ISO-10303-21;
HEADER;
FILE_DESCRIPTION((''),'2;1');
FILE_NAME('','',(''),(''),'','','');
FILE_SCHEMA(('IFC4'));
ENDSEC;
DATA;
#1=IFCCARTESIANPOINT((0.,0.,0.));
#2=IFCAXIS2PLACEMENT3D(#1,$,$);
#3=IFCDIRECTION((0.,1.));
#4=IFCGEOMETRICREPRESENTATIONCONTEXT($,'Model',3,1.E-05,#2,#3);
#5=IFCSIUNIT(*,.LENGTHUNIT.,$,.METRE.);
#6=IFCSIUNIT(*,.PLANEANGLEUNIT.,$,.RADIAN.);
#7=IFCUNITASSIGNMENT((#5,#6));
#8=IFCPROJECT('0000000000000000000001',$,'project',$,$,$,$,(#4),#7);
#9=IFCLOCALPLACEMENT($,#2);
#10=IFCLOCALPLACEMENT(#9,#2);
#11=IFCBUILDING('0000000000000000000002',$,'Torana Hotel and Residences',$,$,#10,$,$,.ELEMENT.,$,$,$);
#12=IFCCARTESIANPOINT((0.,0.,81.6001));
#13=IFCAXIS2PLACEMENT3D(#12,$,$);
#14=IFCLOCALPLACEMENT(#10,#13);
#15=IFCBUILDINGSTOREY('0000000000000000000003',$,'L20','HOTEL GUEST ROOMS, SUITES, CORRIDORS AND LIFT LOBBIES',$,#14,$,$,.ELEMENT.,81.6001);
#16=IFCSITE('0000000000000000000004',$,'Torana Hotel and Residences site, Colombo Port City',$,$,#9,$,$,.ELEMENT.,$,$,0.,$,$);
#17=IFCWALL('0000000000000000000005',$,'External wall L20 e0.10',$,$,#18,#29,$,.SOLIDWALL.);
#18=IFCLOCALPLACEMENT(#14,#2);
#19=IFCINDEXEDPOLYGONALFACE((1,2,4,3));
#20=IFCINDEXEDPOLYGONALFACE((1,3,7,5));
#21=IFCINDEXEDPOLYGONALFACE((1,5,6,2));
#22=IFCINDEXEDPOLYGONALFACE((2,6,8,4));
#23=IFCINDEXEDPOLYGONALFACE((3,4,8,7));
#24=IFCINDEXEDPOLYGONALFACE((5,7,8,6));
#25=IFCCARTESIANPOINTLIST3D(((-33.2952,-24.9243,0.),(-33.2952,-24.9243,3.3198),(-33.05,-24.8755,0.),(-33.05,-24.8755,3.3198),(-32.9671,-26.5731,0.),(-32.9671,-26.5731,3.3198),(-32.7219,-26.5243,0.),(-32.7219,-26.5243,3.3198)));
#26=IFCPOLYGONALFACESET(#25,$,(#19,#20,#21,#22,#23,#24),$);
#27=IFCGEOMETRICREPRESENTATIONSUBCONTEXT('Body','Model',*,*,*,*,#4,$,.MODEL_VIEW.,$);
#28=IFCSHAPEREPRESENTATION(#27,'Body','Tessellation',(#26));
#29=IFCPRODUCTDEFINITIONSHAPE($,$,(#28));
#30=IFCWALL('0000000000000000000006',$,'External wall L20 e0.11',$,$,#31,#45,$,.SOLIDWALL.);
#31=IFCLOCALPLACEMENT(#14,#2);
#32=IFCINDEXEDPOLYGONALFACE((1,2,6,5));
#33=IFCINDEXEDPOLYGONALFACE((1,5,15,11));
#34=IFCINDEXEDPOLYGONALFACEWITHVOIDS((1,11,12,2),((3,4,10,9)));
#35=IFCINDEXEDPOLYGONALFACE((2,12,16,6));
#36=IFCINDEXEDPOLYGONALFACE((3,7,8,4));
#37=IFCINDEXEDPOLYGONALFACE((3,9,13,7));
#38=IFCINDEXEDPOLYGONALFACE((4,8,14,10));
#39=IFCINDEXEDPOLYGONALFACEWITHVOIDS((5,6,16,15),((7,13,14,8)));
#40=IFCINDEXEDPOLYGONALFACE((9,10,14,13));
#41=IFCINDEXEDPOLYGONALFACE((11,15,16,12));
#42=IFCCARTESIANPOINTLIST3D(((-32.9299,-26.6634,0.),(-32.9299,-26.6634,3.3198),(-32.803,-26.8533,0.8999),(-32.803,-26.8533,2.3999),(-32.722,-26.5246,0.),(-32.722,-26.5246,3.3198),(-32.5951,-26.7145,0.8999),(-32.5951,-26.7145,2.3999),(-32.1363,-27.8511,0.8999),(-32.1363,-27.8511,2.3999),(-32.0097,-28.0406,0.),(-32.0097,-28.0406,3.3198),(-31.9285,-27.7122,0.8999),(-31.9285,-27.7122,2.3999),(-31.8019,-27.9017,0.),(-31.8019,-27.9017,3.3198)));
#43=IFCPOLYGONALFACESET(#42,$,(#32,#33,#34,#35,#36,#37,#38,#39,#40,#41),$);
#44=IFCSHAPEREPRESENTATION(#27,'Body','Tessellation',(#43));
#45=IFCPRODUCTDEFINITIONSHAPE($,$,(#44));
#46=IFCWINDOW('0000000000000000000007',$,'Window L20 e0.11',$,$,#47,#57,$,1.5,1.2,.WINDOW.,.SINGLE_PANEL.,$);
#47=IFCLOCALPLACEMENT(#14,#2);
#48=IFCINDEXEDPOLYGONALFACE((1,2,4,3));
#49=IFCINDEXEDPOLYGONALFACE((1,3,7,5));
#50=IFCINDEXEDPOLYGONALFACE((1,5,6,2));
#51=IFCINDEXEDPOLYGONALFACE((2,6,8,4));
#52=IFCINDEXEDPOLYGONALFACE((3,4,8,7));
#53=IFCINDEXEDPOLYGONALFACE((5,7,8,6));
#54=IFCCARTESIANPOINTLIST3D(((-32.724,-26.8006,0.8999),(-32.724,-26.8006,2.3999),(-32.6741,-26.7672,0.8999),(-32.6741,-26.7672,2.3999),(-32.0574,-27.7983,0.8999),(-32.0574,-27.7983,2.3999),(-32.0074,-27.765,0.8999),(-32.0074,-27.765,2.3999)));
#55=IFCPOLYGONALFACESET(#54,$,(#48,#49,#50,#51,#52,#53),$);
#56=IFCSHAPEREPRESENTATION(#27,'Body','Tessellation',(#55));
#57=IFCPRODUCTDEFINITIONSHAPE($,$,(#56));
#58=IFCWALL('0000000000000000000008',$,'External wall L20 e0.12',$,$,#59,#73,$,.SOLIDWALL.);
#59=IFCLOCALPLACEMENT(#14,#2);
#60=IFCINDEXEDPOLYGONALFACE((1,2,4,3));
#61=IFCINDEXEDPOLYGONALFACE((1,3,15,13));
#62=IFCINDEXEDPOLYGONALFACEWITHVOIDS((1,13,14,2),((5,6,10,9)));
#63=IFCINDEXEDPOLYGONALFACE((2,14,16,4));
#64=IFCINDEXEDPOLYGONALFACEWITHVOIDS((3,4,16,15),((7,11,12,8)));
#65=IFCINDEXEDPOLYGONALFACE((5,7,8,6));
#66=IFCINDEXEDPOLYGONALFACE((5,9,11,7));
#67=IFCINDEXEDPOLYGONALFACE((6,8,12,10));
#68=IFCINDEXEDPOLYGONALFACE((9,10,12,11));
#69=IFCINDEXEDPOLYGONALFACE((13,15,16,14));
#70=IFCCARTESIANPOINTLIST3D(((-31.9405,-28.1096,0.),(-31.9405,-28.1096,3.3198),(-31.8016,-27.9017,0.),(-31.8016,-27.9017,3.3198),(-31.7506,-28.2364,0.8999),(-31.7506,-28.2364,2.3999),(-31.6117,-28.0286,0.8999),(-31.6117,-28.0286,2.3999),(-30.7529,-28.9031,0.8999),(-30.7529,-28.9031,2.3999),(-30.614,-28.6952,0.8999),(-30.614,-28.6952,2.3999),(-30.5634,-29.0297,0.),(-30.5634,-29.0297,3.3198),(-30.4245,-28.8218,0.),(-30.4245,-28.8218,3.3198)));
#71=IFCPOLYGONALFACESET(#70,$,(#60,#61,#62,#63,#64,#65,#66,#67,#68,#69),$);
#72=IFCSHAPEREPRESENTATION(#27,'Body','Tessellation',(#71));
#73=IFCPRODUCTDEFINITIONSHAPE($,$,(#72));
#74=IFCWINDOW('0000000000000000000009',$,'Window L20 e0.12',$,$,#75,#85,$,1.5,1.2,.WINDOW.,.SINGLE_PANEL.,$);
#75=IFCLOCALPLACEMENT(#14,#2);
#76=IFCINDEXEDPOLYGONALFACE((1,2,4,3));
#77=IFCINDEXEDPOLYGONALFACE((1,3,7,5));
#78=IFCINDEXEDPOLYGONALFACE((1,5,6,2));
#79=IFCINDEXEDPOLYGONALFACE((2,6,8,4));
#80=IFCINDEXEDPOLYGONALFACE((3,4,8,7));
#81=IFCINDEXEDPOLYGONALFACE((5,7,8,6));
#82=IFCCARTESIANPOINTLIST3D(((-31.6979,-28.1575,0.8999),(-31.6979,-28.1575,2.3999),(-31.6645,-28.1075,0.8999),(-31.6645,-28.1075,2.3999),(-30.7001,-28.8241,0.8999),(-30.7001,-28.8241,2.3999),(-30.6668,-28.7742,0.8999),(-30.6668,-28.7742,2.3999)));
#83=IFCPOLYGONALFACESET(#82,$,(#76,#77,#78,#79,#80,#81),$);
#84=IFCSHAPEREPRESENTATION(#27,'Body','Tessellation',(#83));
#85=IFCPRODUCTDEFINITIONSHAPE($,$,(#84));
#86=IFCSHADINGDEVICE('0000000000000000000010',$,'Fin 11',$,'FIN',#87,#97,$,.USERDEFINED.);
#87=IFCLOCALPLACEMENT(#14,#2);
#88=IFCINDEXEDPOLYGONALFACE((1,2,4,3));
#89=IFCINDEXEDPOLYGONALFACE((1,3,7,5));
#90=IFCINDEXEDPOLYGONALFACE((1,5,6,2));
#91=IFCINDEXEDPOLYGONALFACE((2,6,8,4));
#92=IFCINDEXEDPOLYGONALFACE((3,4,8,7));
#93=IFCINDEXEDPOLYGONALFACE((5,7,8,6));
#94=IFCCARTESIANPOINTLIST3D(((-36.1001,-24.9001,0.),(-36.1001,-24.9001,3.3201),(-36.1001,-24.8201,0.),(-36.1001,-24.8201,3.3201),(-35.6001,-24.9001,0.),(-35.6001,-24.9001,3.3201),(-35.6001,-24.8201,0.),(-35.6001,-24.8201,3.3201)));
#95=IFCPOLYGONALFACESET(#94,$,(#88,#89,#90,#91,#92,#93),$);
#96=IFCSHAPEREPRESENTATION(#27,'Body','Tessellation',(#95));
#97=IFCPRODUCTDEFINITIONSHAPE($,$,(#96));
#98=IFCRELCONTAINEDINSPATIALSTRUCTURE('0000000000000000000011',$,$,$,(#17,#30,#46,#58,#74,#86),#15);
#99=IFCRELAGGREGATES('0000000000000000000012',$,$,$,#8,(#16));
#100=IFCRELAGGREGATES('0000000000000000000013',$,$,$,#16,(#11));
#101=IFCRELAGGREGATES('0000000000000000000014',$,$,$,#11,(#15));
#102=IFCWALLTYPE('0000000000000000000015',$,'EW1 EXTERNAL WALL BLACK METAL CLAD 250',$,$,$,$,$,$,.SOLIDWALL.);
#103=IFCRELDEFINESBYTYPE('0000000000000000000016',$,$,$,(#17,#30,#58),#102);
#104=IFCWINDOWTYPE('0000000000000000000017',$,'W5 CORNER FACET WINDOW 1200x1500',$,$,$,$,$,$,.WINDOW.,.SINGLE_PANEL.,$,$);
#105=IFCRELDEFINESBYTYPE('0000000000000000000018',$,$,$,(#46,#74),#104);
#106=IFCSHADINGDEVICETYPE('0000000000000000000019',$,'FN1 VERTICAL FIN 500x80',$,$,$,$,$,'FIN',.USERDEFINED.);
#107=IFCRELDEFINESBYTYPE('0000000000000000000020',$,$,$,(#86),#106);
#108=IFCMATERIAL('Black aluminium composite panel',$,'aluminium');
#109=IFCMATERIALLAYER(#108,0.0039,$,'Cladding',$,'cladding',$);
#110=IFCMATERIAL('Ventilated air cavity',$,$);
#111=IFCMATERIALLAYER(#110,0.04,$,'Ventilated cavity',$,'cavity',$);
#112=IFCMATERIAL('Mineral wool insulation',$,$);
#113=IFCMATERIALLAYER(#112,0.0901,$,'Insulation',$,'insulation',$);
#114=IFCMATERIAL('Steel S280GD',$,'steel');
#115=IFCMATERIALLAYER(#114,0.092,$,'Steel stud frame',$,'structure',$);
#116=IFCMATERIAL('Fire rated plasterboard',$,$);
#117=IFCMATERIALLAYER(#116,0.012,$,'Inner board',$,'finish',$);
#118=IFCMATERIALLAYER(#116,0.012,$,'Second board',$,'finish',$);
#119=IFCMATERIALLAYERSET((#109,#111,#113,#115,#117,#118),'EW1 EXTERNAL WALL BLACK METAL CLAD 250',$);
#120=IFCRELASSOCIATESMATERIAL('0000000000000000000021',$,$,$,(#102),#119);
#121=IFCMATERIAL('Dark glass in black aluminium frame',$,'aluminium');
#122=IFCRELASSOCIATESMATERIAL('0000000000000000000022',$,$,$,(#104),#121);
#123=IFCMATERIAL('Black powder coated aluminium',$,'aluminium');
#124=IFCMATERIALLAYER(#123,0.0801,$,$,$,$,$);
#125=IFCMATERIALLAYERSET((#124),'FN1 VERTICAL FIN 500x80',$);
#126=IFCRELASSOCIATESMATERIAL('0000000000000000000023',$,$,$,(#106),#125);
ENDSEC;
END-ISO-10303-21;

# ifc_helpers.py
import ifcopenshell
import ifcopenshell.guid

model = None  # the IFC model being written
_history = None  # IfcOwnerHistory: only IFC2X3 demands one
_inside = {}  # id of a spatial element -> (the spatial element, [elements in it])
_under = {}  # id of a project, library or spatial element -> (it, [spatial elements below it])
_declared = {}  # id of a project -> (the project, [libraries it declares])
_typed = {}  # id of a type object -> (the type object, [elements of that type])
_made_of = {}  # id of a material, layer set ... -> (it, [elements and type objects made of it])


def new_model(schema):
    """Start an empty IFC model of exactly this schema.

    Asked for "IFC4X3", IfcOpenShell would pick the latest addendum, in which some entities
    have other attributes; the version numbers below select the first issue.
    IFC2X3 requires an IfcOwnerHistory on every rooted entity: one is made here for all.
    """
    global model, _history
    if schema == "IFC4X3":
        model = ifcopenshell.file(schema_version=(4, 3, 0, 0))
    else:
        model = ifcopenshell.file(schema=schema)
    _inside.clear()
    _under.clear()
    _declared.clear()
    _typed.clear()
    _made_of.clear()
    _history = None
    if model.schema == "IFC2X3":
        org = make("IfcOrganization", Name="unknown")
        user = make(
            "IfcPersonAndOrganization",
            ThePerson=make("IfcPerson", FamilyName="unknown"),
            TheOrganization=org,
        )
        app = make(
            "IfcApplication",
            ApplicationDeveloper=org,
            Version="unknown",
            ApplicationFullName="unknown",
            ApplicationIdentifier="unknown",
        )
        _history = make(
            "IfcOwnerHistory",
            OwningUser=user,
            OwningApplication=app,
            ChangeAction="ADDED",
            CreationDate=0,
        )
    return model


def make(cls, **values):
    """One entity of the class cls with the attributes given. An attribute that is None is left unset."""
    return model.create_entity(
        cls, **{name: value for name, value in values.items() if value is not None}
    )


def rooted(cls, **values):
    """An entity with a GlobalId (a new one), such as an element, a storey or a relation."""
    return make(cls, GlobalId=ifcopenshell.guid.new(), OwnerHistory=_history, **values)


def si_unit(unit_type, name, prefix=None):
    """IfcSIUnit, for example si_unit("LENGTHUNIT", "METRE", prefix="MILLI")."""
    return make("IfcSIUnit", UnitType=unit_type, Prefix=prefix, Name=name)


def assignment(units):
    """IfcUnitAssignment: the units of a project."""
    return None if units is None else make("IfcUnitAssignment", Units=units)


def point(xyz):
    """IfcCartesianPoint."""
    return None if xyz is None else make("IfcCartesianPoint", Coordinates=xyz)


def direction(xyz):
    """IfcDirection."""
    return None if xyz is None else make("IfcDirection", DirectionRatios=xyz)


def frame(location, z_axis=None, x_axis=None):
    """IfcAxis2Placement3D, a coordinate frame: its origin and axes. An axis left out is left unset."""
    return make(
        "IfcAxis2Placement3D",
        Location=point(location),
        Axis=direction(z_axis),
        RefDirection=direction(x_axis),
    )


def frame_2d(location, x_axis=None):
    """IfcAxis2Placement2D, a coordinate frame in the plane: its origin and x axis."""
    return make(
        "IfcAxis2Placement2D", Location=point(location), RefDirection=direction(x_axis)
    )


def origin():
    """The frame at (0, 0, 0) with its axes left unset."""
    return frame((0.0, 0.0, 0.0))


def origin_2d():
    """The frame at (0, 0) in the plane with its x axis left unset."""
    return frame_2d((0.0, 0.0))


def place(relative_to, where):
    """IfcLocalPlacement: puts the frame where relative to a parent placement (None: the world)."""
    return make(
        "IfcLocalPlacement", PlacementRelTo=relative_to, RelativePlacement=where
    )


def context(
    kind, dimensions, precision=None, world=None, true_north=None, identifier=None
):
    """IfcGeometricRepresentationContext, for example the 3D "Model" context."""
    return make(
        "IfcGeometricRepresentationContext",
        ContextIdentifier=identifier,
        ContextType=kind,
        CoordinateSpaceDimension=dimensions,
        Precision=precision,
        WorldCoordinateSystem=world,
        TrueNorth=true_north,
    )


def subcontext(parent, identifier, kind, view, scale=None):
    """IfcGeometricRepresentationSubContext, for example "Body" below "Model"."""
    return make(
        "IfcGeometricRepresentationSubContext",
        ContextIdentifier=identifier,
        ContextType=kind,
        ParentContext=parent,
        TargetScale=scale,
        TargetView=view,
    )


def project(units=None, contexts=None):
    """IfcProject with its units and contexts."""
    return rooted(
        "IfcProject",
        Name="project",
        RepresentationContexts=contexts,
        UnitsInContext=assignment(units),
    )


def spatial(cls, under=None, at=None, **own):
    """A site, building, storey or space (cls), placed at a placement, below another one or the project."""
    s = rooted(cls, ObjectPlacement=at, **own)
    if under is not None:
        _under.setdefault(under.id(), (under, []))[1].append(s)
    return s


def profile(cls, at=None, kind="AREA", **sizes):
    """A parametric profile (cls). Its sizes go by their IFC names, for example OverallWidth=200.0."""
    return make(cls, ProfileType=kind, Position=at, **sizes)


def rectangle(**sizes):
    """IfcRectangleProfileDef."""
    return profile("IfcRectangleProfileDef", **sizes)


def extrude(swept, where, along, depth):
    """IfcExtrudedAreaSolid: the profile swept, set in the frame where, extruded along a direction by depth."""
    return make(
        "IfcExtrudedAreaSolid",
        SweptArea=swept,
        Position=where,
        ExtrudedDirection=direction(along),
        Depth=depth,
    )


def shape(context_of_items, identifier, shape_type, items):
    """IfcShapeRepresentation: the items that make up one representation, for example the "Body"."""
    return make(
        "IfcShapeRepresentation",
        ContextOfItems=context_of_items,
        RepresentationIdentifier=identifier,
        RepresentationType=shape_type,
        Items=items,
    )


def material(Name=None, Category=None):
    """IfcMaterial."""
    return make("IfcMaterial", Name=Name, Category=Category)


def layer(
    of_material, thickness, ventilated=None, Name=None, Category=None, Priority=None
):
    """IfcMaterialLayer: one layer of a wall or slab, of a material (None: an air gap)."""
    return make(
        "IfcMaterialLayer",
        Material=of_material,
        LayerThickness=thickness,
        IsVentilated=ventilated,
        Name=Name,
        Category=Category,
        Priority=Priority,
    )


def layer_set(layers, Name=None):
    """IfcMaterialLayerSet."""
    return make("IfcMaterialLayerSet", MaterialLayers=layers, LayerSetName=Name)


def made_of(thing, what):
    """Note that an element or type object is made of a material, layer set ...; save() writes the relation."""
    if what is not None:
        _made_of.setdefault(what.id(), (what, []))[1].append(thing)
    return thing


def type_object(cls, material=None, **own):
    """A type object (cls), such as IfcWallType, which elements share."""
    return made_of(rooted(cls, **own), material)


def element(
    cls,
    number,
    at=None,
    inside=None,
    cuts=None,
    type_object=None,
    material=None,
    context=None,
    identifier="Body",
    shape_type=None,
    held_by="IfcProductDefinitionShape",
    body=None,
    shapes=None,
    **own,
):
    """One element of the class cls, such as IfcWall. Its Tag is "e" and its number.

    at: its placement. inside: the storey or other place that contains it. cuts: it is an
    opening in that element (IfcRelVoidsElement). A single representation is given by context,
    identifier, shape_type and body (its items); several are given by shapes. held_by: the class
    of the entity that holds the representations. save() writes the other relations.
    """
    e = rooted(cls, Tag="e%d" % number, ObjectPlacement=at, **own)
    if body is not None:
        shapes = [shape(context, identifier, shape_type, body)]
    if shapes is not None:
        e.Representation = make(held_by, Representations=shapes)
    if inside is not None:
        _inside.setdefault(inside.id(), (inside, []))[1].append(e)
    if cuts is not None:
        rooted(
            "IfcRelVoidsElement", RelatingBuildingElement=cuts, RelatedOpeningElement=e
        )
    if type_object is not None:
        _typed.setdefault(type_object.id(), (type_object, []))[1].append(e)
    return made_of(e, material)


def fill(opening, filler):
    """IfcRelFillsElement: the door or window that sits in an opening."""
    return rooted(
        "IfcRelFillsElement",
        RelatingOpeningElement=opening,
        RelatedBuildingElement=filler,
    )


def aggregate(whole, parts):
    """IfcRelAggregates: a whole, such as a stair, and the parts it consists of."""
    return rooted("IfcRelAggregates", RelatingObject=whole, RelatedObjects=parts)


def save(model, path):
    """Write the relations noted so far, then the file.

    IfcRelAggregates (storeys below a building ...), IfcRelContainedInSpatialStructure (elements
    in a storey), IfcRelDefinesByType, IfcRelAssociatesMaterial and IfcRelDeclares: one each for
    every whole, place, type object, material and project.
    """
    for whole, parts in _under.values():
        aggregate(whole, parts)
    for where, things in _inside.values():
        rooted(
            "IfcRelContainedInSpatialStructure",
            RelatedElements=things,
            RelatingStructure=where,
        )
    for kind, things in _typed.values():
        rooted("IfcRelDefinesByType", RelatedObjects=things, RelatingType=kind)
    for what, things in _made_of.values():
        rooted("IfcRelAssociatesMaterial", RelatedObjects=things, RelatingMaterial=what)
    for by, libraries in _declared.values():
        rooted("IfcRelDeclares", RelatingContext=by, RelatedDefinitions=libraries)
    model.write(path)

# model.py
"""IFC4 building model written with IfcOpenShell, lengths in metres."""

from ifc_helpers import new_model, si_unit, direction, frame, frame_2d, origin, origin_2d, place, context, subcontext, project, spatial, rectangle, extrude, material, layer, layer_set, type_object, element, fill, save


model = new_model("IFC4")

# Units and contexts
model_context = context("Model", 3, precision=1e-05, world=origin(), true_north=direction((0.0, 1.0)))
body_context = subcontext(model_context, "Body", "Model", "MODEL_VIEW")
ifc_project = project(units=[si_unit("LENGTHUNIT", "METRE"), si_unit("PLANEANGLEUNIT", "RADIAN")], contexts=[model_context])

# Site, building, storey
site_placement = place(None, origin())
site = spatial("IfcSite", under=ifc_project, at=site_placement, Name="Torana Hotel and Residences site, Colombo Port City", CompositionType="ELEMENT", RefElevation=0.0)
building_placement = place(site_placement, origin())
building = spatial("IfcBuilding", under=site, at=building_placement, Name="Torana Hotel and Residences", CompositionType="ELEMENT")
storey_placement = place(building_placement, frame((0.0, 0.0, 81.6001)))
storey = spatial("IfcBuildingStorey", under=building, at=storey_placement, Name="L20", Description="HOTEL GUEST ROOMS, SUITES, CORRIDORS AND LIFT LOBBIES", CompositionType="ELEMENT", Elevation=81.6001)

# Wall
ifc_material_1 = material(Name="Black aluminium composite panel", Category="aluminium")
ifc_layer_1 = layer(ifc_material_1, 0.0039, Name="Cladding", Category="cladding")
ifc_material_2 = material(Name="Ventilated air cavity")
ifc_layer_2 = layer(ifc_material_2, 0.04, Name="Ventilated cavity", Category="cavity")
ifc_material_3 = material(Name="Mineral wool insulation")
ifc_layer_3 = layer(ifc_material_3, 0.0901, Name="Insulation", Category="insulation")
ifc_material_4 = material(Name="Steel S280GD", Category="steel")
ifc_layer_4 = layer(ifc_material_4, 0.092, Name="Steel stud frame", Category="structure")
ifc_material_5 = material(Name="Fire rated plasterboard")
ifc_layer_5 = layer(ifc_material_5, 0.012, Name="Inner board", Category="finish")
ifc_layer_6 = layer(ifc_material_5, 0.012, Name="Second board", Category="finish")
ifc_layer_set_1 = layer_set([ifc_layer_1, ifc_layer_2, ifc_layer_3, ifc_layer_4, ifc_layer_5, ifc_layer_6], Name="EW1 EXTERNAL WALL BLACK METAL CLAD 250")
wall_type = type_object("IfcWallType", Name="EW1 EXTERNAL WALL BLACK METAL CLAD 250", PredefinedType="SOLIDWALL", material=ifc_layer_set_1)
wall_1_placement = place(storey_placement, frame((-33.1726, -24.8999, 0.0), z_axis=(0.0, 0.0, 1.0), x_axis=(0.195167, -0.98077, 0.0)))
element("IfcWall", 1, at=wall_1_placement, inside=storey, type_object=wall_type, Name="External wall L20 e0.10", PredefinedType="SOLIDWALL", context=body_context, shape_type="SweptSolid", body=[
    extrude(rectangle(XDim=1.6812, YDim=0.25, at=frame_2d((0.8406, 0.0))), origin(), (0.0, 0.0, 1.0), 3.3198),
])

# Walls, openings, windows
wall_2_placement = place(storey_placement, frame((-32.8259, -26.594, 0.0), z_axis=(0.0, 0.0, 1.0), x_axis=(0.55555, -0.831483, 0.0)))
wall_2 = element("IfcWall", 2, at=wall_2_placement, inside=storey, type_object=wall_type, Name="External wall L20 e0.11", PredefinedType="SOLIDWALL", context=body_context, shape_type="SweptSolid", body=[
    extrude(rectangle(XDim=1.6562, YDim=0.25, at=frame_2d((0.8281, 0.0))), origin(), (0.0, 0.0, 1.0), 3.3198),
])
opening_1_placement = place(wall_2_placement, frame((0.2283, 0.0, 0.8999)))
opening_1 = element("IfcOpeningElement", 3, at=opening_1_placement, cuts=wall_2, PredefinedType="OPENING", context=body_context, shape_type="SweptSolid", body=[
    extrude(rectangle(XDim=1.2, YDim=1.5, at=frame_2d((0.6001, 0.75))), frame((0.0, 0.135, 0.0), z_axis=(0.0, -1.0, 0.0), x_axis=(1.0, 0.0, 0.0)), (0.0, 0.0, 1.0), 0.27),
])
ifc_material_6 = material(Name="Dark glass in black aluminium frame", Category="aluminium")
window_type = type_object("IfcWindowType", Name="W5 CORNER FACET WINDOW 1200x1500", PartitioningType="SINGLE_PANEL", PredefinedType="WINDOW", material=ifc_material_6)
window_1_placement = place(opening_1_placement, origin())
window_1 = element("IfcWindow", 4, at=window_1_placement, inside=storey, type_object=window_type, Name="Window L20 e0.11", OverallHeight=1.5, OverallWidth=1.2, PartitioningType="SINGLE_PANEL", PredefinedType="WINDOW", context=body_context, shape_type="SweptSolid", body=[
    extrude(rectangle(XDim=1.2, YDim=1.5, at=frame_2d((0.6001, 0.75))), frame((0.0, 0.03, 0.0), z_axis=(0.0, -1.0, 0.0), x_axis=(1.0, 0.0, 0.0)), (0.0, 0.0, 1.0), 0.0601),
])
fill(opening_1, window_1)
wall_3_placement = place(storey_placement, frame((-31.8711, -28.0056, 0.0), z_axis=(0.0, 0.0, 1.0), x_axis=(0.831483, -0.55555, 0.0)))
wall_3 = element("IfcWall", 5, at=wall_3_placement, inside=storey, type_object=wall_type, Name="External wall L20 e0.12", PredefinedType="SOLIDWALL", context=body_context, shape_type="SweptSolid", body=[
    extrude(rectangle(XDim=1.6562, YDim=0.25, at=frame_2d((0.8281, 0.0))), origin(), (0.0, 0.0, 1.0), 3.3198),
])
opening_2_placement = place(wall_3_placement, frame((0.2283, 0.0, 0.8999)))
opening_2 = element("IfcOpeningElement", 6, at=opening_2_placement, cuts=wall_3, PredefinedType="OPENING", context=body_context, shape_type="SweptSolid", body=[
    extrude(rectangle(XDim=1.2, YDim=1.5, at=frame_2d((0.6001, 0.75))), frame((0.0, 0.135, 0.0), z_axis=(0.0, -1.0, 0.0), x_axis=(1.0, 0.0, 0.0)), (0.0, 0.0, 1.0), 0.27),
])
window_2_placement = place(opening_2_placement, origin())
window_2 = element("IfcWindow", 7, at=window_2_placement, inside=storey, type_object=window_type, Name="Window L20 e0.12", OverallHeight=1.5, OverallWidth=1.2, PartitioningType="SINGLE_PANEL", PredefinedType="WINDOW", context=body_context, shape_type="SweptSolid", body=[
    extrude(rectangle(XDim=1.2, YDim=1.5, at=frame_2d((0.6001, 0.75))), frame((0.0, 0.03, 0.0), z_axis=(0.0, -1.0, 0.0), x_axis=(1.0, 0.0, 0.0)), (0.0, 0.0, 1.0), 0.0601),
])
fill(opening_2, window_2)

# Shading device
ifc_material_7 = material(Name="Black powder coated aluminium", Category="aluminium")
ifc_layer_7 = layer(ifc_material_7, 0.0801)
ifc_layer_set_2 = layer_set([ifc_layer_7], Name="FN1 VERTICAL FIN 500x80")
shading_device_type = type_object("IfcShadingDeviceType", Name="FN1 VERTICAL FIN 500x80", ElementType="FIN", PredefinedType="USERDEFINED", material=ifc_layer_set_2)
shading_device_placement = place(storey_placement, frame((-35.8501, -24.8601, 0.0), z_axis=(0.0, 0.0, 1.0), x_axis=(0.0, 1.0, 0.0)))
element("IfcShadingDevice", 8, at=shading_device_placement, inside=storey, type_object=shading_device_type, Name="Fin 11", ObjectType="FIN", PredefinedType="USERDEFINED", context=body_context, shape_type="SweptSolid", body=[
    extrude(rectangle(XDim=0.0801, YDim=0.5, at=origin_2d()), origin(), (0.0, 0.0, 1.0), 3.3201),
])

save(model, "model.ifc")
